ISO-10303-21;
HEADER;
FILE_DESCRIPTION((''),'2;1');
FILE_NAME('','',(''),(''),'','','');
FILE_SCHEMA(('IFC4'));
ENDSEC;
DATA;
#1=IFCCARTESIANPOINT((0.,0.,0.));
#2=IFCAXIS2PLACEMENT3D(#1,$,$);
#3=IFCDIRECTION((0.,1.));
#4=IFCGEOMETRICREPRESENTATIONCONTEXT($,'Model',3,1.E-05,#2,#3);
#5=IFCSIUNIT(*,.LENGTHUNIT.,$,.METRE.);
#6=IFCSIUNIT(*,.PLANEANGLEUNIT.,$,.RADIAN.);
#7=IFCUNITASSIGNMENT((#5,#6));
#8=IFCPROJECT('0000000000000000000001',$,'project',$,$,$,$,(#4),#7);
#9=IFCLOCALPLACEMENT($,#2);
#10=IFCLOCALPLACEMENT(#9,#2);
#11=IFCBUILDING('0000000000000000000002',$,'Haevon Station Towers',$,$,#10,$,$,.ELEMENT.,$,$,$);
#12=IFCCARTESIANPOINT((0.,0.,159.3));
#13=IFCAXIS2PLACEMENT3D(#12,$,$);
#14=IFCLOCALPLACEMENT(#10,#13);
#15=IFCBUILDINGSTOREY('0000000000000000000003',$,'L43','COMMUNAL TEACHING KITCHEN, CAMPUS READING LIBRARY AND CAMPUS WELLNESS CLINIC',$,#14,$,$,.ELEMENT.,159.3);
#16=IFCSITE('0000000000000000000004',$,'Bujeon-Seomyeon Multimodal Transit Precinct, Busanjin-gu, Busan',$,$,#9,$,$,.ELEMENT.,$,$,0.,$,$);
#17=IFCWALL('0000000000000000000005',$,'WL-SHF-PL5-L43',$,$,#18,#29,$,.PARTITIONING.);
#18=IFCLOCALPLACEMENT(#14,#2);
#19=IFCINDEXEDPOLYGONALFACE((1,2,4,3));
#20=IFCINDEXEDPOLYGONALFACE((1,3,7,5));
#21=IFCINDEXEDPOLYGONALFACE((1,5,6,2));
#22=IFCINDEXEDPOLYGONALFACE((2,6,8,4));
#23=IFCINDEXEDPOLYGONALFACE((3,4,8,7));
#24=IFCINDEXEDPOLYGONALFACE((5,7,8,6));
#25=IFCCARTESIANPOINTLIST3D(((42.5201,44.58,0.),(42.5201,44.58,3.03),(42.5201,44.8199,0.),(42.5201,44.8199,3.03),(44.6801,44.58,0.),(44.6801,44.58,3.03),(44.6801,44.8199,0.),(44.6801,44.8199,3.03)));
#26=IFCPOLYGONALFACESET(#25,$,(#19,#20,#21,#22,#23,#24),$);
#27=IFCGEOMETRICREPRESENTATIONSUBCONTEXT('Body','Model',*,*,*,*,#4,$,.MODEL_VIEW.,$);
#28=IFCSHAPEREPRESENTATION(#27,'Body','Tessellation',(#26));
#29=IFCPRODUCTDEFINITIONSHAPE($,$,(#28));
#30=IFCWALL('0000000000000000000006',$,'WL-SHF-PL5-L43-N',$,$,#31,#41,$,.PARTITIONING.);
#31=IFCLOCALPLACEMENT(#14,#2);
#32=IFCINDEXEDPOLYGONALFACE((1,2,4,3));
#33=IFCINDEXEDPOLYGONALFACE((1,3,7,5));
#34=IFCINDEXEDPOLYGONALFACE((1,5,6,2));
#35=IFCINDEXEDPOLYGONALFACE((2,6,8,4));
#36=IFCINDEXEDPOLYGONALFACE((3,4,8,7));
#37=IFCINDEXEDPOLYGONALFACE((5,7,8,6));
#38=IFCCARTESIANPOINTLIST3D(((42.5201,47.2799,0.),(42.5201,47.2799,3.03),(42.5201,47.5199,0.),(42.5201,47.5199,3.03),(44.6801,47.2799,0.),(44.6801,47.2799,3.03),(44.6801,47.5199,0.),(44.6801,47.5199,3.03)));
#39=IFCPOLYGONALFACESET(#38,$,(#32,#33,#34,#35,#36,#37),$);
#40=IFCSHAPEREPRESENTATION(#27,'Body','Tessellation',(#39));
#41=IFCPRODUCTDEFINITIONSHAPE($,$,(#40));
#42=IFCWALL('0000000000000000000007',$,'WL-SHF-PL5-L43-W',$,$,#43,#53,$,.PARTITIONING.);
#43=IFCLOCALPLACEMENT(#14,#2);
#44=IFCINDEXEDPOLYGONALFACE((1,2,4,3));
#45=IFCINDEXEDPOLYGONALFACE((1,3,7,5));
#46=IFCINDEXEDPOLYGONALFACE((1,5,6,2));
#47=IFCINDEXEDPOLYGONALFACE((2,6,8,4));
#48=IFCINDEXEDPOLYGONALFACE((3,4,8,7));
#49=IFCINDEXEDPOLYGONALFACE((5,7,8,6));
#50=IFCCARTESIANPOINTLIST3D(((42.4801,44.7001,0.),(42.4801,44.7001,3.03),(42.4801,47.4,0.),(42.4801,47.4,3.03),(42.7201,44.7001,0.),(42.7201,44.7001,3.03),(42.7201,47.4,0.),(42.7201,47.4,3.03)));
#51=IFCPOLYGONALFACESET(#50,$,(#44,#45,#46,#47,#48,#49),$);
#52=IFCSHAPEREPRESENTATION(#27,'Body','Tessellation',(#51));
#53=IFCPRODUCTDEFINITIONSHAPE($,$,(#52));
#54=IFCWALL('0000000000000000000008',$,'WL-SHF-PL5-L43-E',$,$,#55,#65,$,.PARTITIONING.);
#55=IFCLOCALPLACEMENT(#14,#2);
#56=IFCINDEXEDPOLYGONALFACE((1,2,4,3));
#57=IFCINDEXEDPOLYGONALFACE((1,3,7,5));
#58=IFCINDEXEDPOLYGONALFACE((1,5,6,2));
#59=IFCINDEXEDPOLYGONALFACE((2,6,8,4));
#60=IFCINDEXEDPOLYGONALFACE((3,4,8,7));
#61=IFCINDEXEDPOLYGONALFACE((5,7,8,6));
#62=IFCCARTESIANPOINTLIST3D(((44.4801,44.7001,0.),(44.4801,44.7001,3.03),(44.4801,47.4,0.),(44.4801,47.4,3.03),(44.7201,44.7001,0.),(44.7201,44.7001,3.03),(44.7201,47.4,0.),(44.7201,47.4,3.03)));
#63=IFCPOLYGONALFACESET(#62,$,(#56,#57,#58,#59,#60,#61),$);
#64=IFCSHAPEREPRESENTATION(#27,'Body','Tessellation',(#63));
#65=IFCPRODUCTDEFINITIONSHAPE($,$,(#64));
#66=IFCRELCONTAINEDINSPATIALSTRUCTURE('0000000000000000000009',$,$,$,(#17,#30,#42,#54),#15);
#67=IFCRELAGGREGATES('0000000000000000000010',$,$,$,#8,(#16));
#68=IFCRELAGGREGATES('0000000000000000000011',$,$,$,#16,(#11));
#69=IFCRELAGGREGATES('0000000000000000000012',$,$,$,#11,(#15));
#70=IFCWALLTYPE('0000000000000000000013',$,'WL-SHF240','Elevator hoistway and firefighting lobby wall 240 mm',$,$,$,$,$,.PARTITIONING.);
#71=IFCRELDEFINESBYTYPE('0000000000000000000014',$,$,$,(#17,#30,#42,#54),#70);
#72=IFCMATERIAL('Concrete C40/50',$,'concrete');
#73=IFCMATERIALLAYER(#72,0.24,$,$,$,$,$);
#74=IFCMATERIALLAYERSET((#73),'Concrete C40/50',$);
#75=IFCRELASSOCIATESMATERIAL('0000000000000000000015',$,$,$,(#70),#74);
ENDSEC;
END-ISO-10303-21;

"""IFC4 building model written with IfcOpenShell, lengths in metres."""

from ifc_helpers import new_model, si_unit, direction, frame, frame_2d, origin, place, context, subcontext, project, spatial, rectangle, extrude, material, layer, layer_set, type_object, element, save


model = new_model("IFC4")

# Units and contexts
model_context = context("Model", 3, precision=1e-05, world=origin(), true_north=direction((0.0, 1.0)))
body_context = subcontext(model_context, "Body", "Model", "MODEL_VIEW")
ifc_project = project(units=[si_unit("LENGTHUNIT", "METRE"), si_unit("PLANEANGLEUNIT", "RADIAN")], contexts=[model_context])

# Site, building, storey
site_placement = place(None, origin())
site = spatial("IfcSite", under=ifc_project, at=site_placement, Name="Bujeon-Seomyeon Multimodal Transit Precinct, Busanjin-gu, Busan", CompositionType="ELEMENT", RefElevation=0.0)
building_placement = place(site_placement, origin())
building = spatial("IfcBuilding", under=site, at=building_placement, Name="Haevon Station Towers", CompositionType="ELEMENT")
storey_placement = place(building_placement, frame((0.0, 0.0, 159.3)))
storey = spatial("IfcBuildingStorey", under=building, at=storey_placement, Name="L43", Description="COMMUNAL TEACHING KITCHEN, CAMPUS READING LIBRARY AND CAMPUS WELLNESS CLINIC", CompositionType="ELEMENT", Elevation=159.3)

# Shared definitions
ifc_material_1 = material(Name="Concrete C40/50", Category="concrete")
ifc_layer_1 = layer(ifc_material_1, 0.24)
ifc_layer_set_1 = layer_set([ifc_layer_1], Name="Concrete C40/50")
wall_type_1 = type_object("IfcWallType", Name="WL-SHF240", Description="Elevator hoistway and firefighting lobby wall 240 mm", PredefinedType="PARTITIONING", material=ifc_layer_set_1)

# Walls
for number, where, z_axis, x_axis, name in (
    (1, (42.52, 44.7, 0.0), (0.0, 0.0, 1.0), (1.0, 0.0, 0.0), "WL-SHF-PL5-L43"),
    (2, (42.52, 47.3999, 0.0), (0.0, 0.0, 1.0), (1.0, 0.0, 0.0), "WL-SHF-PL5-L43-N"),
):
    element("IfcWall", number, at=place(storey_placement, frame(where, z_axis=z_axis, x_axis=x_axis)), inside=storey, type_object=wall_type_1, Name=name, PredefinedType="PARTITIONING", context=body_context, shape_type="SweptSolid", body=[
        extrude(rectangle(XDim=2.1599, YDim=0.24, at=frame_2d((1.0801, 0.0))), origin(), (0.0, 0.0, 1.0), 3.03),
    ])
for number, where, z_axis, x_axis, name in (
    (3, (42.6001, 44.7, 0.0), (0.0, 0.0, 1.0), (0.0, 1.0, 0.0), "WL-SHF-PL5-L43-W"),
    (4, (44.6001, 44.7, 0.0), (0.0, 0.0, 1.0), (0.0, 1.0, 0.0), "WL-SHF-PL5-L43-E"),
):
    element("IfcWall", number, at=place(storey_placement, frame(where, z_axis=z_axis, x_axis=x_axis)), inside=storey, type_object=wall_type_1, Name=name, PredefinedType="PARTITIONING", context=body_context, shape_type="SweptSolid", body=[
        extrude(rectangle(XDim=2.7, YDim=0.24, at=frame_2d((1.3501, 0.0))), origin(), (0.0, 0.0, 1.0), 3.03),
    ])

save(model, "model.ifc")
